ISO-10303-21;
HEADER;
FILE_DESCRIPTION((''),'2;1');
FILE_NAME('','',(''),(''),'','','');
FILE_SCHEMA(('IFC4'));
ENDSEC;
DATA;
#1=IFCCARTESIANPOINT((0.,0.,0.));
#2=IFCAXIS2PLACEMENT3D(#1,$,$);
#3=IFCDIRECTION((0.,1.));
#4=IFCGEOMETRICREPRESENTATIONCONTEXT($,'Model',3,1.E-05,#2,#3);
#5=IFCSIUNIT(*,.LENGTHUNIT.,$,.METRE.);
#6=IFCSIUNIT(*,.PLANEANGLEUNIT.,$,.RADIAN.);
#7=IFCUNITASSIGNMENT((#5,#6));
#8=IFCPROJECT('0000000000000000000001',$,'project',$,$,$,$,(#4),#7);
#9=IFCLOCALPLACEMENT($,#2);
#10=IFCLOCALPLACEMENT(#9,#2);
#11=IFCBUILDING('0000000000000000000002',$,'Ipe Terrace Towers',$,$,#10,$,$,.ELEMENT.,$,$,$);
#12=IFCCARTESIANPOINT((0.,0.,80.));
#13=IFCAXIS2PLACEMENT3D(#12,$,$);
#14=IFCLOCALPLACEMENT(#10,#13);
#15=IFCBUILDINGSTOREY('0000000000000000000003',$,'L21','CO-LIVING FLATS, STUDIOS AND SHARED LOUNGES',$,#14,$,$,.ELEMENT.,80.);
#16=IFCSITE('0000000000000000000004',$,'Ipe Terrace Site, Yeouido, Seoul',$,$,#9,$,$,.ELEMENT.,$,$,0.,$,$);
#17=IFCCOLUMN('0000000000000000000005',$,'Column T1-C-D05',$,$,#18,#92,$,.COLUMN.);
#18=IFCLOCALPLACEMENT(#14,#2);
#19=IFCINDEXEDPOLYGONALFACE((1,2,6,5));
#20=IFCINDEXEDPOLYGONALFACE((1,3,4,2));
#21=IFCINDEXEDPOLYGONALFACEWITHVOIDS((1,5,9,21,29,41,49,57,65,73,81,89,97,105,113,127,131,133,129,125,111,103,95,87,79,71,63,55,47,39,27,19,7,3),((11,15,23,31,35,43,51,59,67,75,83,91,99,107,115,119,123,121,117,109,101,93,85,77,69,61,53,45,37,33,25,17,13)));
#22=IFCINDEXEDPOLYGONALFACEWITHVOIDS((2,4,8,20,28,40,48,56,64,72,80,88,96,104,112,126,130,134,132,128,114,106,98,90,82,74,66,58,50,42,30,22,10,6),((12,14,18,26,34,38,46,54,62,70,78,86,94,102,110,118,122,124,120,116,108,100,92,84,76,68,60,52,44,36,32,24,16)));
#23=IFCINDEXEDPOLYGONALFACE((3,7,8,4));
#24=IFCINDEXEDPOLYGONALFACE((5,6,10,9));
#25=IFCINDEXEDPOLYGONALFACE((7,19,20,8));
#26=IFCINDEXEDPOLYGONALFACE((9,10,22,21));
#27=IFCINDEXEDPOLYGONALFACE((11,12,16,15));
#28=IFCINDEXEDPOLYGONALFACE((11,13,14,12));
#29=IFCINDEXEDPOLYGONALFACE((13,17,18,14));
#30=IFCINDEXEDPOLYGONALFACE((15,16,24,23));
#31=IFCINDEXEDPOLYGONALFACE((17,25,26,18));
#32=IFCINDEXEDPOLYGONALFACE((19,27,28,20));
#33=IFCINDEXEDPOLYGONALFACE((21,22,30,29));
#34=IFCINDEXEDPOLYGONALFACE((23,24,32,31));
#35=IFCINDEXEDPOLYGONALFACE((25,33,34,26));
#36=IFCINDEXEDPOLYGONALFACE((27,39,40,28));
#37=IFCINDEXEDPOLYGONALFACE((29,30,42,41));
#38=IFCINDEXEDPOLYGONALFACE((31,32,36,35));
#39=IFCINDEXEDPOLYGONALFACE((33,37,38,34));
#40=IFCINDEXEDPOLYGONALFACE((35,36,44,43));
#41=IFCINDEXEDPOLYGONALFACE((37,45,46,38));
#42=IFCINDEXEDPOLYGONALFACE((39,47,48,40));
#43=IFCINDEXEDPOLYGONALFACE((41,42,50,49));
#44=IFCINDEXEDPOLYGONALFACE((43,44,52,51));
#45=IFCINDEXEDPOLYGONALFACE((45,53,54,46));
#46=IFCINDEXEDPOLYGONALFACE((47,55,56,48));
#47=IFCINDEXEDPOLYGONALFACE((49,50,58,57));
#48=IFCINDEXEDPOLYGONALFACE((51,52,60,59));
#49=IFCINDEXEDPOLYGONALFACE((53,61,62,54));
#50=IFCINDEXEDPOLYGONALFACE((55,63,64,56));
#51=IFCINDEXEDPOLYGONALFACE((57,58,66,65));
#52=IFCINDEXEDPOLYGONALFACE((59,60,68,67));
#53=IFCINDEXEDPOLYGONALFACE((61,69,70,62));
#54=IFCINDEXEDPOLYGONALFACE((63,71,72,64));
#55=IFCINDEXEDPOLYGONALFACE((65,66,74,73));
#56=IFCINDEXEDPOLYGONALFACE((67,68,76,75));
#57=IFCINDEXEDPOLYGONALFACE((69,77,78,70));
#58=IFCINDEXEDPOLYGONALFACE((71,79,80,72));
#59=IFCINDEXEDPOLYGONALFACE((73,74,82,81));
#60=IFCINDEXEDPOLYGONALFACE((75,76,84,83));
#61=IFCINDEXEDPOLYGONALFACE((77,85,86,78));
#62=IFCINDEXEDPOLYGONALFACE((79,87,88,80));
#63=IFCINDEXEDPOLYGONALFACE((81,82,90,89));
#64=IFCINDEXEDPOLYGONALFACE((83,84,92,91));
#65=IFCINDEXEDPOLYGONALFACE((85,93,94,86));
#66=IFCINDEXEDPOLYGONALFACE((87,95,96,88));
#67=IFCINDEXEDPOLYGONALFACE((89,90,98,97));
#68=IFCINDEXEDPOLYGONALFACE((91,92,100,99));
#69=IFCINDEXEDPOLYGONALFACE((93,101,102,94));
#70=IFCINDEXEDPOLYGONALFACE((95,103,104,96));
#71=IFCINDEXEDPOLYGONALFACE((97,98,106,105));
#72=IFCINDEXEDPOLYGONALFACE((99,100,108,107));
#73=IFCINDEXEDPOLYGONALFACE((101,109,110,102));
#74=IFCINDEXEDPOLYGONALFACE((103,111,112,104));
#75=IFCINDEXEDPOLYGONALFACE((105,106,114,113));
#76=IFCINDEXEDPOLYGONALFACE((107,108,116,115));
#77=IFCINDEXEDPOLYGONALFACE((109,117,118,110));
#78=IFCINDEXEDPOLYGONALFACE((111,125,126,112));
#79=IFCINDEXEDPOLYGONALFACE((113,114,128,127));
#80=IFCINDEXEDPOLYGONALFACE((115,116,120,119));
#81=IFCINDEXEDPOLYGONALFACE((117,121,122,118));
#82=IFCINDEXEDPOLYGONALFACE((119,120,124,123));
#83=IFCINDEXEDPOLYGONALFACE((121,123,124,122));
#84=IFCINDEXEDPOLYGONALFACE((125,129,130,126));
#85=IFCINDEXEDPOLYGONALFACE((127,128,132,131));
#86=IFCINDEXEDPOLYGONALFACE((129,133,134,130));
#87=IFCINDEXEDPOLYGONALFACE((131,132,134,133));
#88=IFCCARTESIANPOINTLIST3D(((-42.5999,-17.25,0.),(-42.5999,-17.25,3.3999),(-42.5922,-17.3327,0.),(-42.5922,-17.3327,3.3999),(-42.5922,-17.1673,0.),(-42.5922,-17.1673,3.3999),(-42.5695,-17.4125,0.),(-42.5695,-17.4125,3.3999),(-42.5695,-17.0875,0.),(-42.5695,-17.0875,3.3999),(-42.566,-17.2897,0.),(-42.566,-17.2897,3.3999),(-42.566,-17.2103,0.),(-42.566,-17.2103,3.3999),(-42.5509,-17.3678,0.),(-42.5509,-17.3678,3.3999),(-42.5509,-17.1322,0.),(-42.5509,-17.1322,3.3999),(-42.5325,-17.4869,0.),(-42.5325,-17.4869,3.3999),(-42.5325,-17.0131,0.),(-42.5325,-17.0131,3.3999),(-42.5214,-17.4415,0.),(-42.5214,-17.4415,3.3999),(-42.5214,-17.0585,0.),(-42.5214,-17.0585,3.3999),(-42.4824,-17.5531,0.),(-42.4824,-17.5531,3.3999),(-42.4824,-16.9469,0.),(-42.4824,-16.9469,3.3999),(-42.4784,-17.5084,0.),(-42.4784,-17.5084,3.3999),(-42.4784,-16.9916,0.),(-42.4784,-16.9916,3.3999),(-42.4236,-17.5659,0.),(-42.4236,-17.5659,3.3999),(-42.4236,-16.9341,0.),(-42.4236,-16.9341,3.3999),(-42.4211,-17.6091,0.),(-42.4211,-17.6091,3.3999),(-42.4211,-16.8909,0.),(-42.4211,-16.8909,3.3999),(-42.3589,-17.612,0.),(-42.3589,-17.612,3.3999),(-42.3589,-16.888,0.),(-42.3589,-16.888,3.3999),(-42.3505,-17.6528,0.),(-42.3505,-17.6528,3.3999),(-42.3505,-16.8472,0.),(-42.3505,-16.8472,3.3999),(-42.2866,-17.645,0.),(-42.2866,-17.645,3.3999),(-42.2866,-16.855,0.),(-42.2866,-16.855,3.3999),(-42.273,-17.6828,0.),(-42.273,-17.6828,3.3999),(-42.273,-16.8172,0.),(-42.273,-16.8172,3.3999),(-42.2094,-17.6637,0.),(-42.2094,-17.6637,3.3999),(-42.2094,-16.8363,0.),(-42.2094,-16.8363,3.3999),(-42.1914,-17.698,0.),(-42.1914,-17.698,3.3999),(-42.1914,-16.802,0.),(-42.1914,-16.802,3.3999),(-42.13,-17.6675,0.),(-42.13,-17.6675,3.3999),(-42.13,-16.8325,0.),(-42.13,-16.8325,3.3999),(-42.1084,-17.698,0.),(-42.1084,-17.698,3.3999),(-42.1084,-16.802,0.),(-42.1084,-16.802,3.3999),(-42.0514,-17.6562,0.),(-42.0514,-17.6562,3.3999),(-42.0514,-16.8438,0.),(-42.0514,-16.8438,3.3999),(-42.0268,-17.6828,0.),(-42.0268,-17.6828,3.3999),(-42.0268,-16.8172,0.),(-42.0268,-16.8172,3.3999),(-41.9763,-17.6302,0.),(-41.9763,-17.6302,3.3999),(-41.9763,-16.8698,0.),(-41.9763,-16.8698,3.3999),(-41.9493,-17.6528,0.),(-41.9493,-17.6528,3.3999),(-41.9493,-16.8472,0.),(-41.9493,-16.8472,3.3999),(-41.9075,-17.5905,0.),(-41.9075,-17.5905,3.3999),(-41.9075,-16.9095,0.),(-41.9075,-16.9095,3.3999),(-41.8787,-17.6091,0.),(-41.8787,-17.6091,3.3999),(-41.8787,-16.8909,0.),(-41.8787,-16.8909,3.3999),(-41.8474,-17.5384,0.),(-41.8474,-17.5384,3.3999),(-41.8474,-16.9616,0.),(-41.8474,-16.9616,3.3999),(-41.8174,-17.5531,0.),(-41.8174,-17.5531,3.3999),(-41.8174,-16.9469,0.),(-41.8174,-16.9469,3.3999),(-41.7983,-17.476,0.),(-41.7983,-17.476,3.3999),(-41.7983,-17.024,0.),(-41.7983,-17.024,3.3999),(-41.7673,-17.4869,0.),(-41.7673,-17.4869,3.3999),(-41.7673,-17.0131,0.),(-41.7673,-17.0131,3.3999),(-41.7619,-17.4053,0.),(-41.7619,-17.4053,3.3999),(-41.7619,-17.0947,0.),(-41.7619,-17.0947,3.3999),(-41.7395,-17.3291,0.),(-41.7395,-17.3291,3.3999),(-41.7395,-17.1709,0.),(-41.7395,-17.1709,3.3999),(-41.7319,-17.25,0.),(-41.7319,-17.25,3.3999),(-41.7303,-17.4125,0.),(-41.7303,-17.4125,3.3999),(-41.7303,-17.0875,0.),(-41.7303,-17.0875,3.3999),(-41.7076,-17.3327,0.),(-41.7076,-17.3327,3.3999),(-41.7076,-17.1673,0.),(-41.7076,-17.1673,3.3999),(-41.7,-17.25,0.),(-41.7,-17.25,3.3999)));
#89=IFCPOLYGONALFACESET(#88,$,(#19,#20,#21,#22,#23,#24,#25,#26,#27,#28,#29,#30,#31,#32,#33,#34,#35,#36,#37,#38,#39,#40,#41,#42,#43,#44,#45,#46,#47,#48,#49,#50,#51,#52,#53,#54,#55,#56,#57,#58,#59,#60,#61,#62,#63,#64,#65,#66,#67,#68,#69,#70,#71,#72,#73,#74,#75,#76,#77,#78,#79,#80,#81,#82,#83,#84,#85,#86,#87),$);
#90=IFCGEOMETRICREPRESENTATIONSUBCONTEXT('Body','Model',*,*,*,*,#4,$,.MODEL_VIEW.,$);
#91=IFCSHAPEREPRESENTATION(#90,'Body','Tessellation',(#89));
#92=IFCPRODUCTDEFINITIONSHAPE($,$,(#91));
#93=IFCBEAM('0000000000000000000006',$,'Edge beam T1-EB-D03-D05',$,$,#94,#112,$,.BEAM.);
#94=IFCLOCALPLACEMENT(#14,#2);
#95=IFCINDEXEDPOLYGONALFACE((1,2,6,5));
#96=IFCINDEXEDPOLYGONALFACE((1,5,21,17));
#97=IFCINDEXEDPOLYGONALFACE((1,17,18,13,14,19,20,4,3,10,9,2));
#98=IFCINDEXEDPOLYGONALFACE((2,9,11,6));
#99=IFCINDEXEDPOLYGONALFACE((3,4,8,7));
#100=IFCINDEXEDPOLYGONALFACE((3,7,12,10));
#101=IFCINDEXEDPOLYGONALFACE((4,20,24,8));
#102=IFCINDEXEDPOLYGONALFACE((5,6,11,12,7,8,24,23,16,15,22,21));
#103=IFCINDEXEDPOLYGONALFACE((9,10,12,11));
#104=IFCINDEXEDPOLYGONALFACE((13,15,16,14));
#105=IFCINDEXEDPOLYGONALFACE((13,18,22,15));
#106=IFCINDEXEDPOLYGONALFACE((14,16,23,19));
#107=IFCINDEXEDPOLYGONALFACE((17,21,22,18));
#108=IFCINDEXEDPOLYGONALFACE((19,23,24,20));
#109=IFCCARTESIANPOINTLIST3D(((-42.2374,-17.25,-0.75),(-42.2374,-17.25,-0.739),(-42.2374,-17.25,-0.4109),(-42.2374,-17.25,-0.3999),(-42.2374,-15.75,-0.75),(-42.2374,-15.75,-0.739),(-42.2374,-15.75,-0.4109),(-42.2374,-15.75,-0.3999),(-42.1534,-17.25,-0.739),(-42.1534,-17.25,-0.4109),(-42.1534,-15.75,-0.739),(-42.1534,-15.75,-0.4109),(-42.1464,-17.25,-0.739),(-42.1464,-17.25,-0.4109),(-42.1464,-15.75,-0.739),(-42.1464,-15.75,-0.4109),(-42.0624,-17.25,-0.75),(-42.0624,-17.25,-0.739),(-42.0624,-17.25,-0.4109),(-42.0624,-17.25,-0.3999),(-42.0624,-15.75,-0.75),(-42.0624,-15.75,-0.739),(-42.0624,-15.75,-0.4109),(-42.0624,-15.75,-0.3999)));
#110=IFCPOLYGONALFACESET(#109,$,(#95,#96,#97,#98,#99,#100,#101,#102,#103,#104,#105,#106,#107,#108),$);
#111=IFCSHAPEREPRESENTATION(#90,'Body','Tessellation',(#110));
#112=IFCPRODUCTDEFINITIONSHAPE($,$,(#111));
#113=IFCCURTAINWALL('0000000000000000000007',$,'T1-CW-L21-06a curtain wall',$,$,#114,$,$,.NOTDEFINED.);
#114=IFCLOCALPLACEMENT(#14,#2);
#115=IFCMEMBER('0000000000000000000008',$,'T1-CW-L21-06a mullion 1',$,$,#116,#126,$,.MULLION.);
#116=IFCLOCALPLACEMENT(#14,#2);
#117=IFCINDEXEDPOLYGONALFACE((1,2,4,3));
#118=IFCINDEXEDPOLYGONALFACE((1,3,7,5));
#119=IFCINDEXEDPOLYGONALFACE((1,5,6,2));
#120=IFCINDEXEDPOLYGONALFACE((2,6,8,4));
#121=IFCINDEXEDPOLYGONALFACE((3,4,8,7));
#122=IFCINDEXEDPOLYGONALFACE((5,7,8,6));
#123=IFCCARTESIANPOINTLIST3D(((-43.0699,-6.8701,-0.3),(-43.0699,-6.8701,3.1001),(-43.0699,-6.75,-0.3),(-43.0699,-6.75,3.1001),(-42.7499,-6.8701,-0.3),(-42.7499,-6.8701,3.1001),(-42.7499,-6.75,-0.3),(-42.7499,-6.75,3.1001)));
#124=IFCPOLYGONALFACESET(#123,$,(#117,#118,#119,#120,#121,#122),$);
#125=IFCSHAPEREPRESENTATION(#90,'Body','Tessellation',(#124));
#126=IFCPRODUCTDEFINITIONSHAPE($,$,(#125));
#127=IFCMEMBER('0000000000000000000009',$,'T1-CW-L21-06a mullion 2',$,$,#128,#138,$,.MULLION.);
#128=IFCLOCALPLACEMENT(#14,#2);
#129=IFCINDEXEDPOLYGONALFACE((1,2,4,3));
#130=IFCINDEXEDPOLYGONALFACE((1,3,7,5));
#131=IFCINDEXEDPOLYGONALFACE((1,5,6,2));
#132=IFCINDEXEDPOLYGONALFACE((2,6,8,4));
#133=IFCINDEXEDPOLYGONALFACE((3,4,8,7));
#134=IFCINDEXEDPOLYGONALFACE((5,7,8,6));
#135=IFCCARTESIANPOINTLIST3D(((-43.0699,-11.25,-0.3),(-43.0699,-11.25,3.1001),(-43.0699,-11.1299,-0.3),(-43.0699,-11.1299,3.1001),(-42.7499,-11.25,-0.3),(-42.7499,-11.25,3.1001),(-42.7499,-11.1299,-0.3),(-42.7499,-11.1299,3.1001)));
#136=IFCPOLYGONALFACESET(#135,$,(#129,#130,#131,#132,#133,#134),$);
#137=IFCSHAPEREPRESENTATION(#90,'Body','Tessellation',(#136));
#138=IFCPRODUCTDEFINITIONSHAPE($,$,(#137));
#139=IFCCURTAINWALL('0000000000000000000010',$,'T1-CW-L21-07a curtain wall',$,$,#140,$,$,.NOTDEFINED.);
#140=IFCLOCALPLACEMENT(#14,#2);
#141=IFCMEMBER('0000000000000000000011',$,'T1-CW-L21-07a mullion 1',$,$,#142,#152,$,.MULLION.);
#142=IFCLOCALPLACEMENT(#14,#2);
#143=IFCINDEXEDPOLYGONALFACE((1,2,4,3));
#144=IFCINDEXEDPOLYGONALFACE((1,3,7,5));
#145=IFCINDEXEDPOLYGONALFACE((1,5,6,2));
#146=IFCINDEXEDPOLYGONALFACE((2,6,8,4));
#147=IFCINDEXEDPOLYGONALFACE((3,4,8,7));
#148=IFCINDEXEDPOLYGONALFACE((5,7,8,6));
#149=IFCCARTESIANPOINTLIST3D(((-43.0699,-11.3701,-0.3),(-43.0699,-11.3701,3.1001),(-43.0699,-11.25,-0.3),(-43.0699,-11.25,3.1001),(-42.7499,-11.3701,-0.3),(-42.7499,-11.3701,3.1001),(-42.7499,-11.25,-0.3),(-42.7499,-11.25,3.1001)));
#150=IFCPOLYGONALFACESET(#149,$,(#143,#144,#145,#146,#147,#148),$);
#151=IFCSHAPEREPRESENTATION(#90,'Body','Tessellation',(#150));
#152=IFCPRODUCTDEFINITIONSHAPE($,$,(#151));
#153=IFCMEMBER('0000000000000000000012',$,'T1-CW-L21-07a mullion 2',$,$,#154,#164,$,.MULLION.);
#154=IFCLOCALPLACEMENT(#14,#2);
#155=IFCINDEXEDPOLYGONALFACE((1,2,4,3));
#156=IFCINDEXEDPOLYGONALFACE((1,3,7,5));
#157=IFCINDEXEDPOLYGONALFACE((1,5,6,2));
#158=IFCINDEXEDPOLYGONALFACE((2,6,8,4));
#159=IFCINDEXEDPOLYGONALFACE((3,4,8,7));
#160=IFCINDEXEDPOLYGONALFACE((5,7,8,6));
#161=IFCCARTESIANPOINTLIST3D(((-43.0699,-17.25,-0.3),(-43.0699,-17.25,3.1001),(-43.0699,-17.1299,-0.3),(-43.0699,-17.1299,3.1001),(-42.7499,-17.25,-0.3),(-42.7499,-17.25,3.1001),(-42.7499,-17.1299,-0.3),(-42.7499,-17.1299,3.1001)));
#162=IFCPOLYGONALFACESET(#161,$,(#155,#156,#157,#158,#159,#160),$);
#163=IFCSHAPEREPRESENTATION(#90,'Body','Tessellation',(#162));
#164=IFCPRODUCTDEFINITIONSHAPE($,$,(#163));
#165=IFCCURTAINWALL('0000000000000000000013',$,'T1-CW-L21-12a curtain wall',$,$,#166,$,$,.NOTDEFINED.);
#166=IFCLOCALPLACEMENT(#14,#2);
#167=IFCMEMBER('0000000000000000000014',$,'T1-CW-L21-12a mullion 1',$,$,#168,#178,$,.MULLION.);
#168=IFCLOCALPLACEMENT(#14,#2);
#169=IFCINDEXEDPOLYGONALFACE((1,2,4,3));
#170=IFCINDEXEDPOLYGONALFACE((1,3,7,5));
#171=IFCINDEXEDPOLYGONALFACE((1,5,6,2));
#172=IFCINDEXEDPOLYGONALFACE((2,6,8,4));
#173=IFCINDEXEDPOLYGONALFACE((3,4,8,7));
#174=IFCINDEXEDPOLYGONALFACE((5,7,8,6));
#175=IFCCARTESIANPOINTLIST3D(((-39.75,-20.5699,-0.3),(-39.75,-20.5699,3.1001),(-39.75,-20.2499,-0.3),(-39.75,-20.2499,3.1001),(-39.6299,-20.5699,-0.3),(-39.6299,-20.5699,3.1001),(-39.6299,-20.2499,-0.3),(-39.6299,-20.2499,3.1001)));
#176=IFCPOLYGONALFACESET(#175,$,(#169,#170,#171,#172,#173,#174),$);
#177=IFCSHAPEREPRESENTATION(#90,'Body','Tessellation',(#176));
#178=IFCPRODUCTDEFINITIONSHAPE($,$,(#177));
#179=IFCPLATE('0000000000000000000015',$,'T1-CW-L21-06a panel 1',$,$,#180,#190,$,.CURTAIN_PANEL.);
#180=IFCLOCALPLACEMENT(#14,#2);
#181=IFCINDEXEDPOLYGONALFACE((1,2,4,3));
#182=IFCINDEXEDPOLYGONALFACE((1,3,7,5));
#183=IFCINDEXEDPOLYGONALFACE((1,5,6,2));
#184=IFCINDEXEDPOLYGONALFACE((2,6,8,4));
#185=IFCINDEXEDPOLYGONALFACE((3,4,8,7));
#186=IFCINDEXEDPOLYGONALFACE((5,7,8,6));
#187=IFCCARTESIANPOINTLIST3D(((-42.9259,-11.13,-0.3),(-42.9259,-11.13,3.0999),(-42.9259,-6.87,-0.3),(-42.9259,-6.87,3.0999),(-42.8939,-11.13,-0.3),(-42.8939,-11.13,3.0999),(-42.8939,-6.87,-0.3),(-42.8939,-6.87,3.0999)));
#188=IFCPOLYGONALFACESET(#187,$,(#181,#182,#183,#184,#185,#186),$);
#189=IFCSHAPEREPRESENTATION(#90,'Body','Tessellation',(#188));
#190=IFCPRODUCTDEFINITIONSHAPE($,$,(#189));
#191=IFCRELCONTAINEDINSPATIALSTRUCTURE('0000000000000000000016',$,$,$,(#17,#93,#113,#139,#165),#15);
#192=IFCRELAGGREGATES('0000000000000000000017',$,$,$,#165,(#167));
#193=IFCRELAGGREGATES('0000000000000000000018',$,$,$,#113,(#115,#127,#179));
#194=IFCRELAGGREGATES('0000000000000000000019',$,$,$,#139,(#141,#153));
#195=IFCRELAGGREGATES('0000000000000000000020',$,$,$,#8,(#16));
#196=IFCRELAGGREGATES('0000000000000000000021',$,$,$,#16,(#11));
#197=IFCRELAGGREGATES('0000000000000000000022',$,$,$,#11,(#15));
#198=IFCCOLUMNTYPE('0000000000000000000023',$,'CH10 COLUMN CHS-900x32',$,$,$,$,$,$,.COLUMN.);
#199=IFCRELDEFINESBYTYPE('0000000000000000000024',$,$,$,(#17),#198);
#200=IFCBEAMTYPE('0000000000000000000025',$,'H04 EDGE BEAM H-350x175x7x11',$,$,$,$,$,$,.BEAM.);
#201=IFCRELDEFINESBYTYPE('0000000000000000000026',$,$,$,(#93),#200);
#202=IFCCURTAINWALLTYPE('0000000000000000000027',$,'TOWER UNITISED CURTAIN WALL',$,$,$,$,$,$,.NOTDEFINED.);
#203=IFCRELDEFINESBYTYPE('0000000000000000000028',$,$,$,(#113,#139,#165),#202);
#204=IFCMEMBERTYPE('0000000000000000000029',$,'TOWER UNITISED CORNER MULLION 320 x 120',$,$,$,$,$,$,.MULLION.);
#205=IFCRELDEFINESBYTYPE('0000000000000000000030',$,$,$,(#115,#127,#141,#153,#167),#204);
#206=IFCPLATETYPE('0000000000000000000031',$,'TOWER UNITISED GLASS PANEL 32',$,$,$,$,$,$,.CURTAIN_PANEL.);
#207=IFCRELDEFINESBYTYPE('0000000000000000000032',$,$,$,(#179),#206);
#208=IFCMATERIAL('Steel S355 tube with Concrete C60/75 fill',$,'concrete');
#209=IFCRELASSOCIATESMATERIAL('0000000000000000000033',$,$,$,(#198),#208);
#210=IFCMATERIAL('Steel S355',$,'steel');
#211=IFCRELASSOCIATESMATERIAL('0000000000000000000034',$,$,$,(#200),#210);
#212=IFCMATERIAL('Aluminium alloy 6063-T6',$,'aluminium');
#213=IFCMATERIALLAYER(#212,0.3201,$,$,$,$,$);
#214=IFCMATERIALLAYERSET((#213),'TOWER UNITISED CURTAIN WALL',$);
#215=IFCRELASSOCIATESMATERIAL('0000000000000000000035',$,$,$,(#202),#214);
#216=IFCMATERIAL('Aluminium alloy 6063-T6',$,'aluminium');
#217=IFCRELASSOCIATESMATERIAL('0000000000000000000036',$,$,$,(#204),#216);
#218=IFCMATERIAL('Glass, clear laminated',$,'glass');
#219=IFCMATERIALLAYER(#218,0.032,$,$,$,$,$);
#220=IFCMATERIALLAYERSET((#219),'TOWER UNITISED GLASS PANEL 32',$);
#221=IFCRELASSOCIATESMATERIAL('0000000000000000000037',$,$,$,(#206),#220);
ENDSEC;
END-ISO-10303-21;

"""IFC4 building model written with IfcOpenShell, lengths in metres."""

from ifc_helpers import new_model, si_unit, direction, frame, origin, origin_2d, place, context, subcontext, project, spatial, rectangle, hollow_circle, i_section, extrude, material, layer, layer_set, material_profile, profile_set, type_object, element, aggregate, save


model = new_model("IFC4")

# Units and contexts
model_context = context("Model", 3, precision=1e-05, world=origin(), true_north=direction((0.0, 1.0)))
body_context = subcontext(model_context, "Body", "Model", "MODEL_VIEW")
ifc_project = project(units=[si_unit("LENGTHUNIT", "METRE"), si_unit("PLANEANGLEUNIT", "RADIAN")], contexts=[model_context])

# Site, building, storey
site_placement = place(None, origin())
site = spatial("IfcSite", under=ifc_project, at=site_placement, Name="Ipe Terrace Site, Yeouido, Seoul", CompositionType="ELEMENT", RefElevation=0.0)
building_placement = place(site_placement, origin())
building = spatial("IfcBuilding", under=site, at=building_placement, Name="Ipe Terrace Towers", CompositionType="ELEMENT")
storey_placement = place(building_placement, frame((0.0, 0.0, 80.0)))
storey = spatial("IfcBuildingStorey", under=building, at=storey_placement, Name="L21", Description="CO-LIVING FLATS, STUDIOS AND SHARED LOUNGES", CompositionType="ELEMENT", Elevation=80.0)

# Column
ifc_material_1 = material(Name="Steel S355 tube with Concrete C60/75 fill", Category="concrete")
ifc_material_profile_1 = material_profile(ifc_material_1, hollow_circle(Radius=0.45, WallThickness=0.032, at=origin_2d()), Name="CHS-900x32")
ifc_profile_set_1 = profile_set([ifc_material_profile_1], Name="Steel S355 tube with Concrete C60/75 fill")
column_type_1 = type_object("IfcColumnType", Name="CH10 COLUMN CHS-900x32", PredefinedType="COLUMN", material=ifc_profile_set_1)
for number, where, z_axis, x_axis, name in (
    (1, (-42.1499, -17.25, 0.0), (0.0, 0.0, 1.0), (1.0, 0.0, 0.0), "Column T1-C-D05"),
):
    element("IfcColumn", number, at=place(storey_placement, frame(where, z_axis=z_axis, x_axis=x_axis)), inside=storey, type_object=column_type_1, Name=name, PredefinedType="COLUMN", context=body_context, shape_type="SweptSolid", body=[
        extrude(hollow_circle(Radius=0.45, WallThickness=0.032, at=origin_2d()), origin(), (0.0, 0.0, 1.0), 3.3999),
    ])

# Beam
ifc_material_2 = material(Name="Steel S355", Category="steel")
ifc_material_profile_2 = material_profile(ifc_material_2, i_section(OverallWidth=0.175, OverallDepth=0.3501, WebThickness=0.0071, FlangeThickness=0.011, at=origin_2d()), Name="H-350x175x7x11")
ifc_profile_set_2 = profile_set([ifc_material_profile_2], Name="Steel S355")
beam_type = type_object("IfcBeamType", Name="H04 EDGE BEAM H-350x175x7x11", PredefinedType="BEAM", material=ifc_profile_set_2)
beam_placement = place(storey_placement, frame((-42.1499, -15.75, -0.575), z_axis=(0.0, -1.0, 0.0), x_axis=(1.0, 0.0, 0.0)))
element("IfcBeam", 2, at=beam_placement, inside=storey, type_object=beam_type, Name="Edge beam T1-EB-D03-D05", PredefinedType="BEAM", context=body_context, shape_type="SweptSolid", body=[
    extrude(i_section(OverallWidth=0.175, OverallDepth=0.3501, WebThickness=0.0071, FlangeThickness=0.011, at=origin_2d()), origin(), (0.0, 0.0, 1.0), 1.5),
])

# Curtain walls, members
ifc_material_3 = material(Name="Aluminium alloy 6063-T6", Category="aluminium")
ifc_layer_1 = layer(ifc_material_3, 0.3201)
ifc_layer_set_1 = layer_set([ifc_layer_1], Name="TOWER UNITISED CURTAIN WALL")
curtain_wall_type = type_object("IfcCurtainWallType", Name="TOWER UNITISED CURTAIN WALL", PredefinedType="NOTDEFINED", material=ifc_layer_set_1)
curtain_wall_1_placement = place(storey_placement, origin())
curtain_wall_1 = element("IfcCurtainWall", 3, at=curtain_wall_1_placement, inside=storey, type_object=curtain_wall_type, Name="T1-CW-L21-06a curtain wall", PredefinedType="NOTDEFINED")
ifc_material_4 = material(Name="Aluminium alloy 6063-T6", Category="aluminium")
ifc_material_profile_3 = material_profile(ifc_material_4, rectangle(XDim=0.3201, YDim=0.1201, at=origin_2d()), Name="TOWER UNITISED CORNER MULLION 320 x 120")
ifc_profile_set_3 = profile_set([ifc_material_profile_3], Name="Aluminium alloy 6063-T6")
member_type = type_object("IfcMemberType", Name="TOWER UNITISED CORNER MULLION 320 x 120", PredefinedType="MULLION", material=ifc_profile_set_3)
member_1_placement = place(storey_placement, frame((-42.9099, -6.8101, -0.3), z_axis=(0.0, 0.0, 1.0), x_axis=(-1.0, 0.0, 0.0)))
member_1 = element("IfcMember", 4, at=member_1_placement, type_object=member_type, Name="T1-CW-L21-06a mullion 1", PredefinedType="MULLION", context=body_context, shape_type="SweptSolid", body=[
    extrude(rectangle(XDim=0.3201, YDim=0.1201, at=origin_2d()), origin(), (0.0, 0.0, 1.0), 3.4001),
])
member_2_placement = place(storey_placement, frame((-42.9099, -11.1899, -0.3), z_axis=(0.0, 0.0, 1.0), x_axis=(-1.0, 0.0, 0.0)))
member_2 = element("IfcMember", 5, at=member_2_placement, type_object=member_type, Name="T1-CW-L21-06a mullion 2", PredefinedType="MULLION", context=body_context, shape_type="SweptSolid", body=[
    extrude(rectangle(XDim=0.3201, YDim=0.1201, at=origin_2d()), origin(), (0.0, 0.0, 1.0), 3.4001),
])
curtain_wall_2_placement = place(storey_placement, origin())
curtain_wall_2 = element("IfcCurtainWall", 6, at=curtain_wall_2_placement, inside=storey, type_object=curtain_wall_type, Name="T1-CW-L21-07a curtain wall", PredefinedType="NOTDEFINED")
member_3_placement = place(storey_placement, frame((-42.9099, -11.3101, -0.3), z_axis=(0.0, 0.0, 1.0), x_axis=(-1.0, 0.0, 0.0)))
member_3 = element("IfcMember", 7, at=member_3_placement, type_object=member_type, Name="T1-CW-L21-07a mullion 1", PredefinedType="MULLION", context=body_context, shape_type="SweptSolid", body=[
    extrude(rectangle(XDim=0.3201, YDim=0.1201, at=origin_2d()), origin(), (0.0, 0.0, 1.0), 3.4001),
])
member_4_placement = place(storey_placement, frame((-42.9099, -17.1899, -0.3), z_axis=(0.0, 0.0, 1.0), x_axis=(-1.0, 0.0, 0.0)))
member_4 = element("IfcMember", 8, at=member_4_placement, type_object=member_type, Name="T1-CW-L21-07a mullion 2", PredefinedType="MULLION", context=body_context, shape_type="SweptSolid", body=[
    extrude(rectangle(XDim=0.3201, YDim=0.1201, at=origin_2d()), origin(), (0.0, 0.0, 1.0), 3.4001),
])

# Curtain wall, member
curtain_wall_3_placement = place(storey_placement, origin())
curtain_wall_3 = element("IfcCurtainWall", 9, at=curtain_wall_3_placement, inside=storey, type_object=curtain_wall_type, Name="T1-CW-L21-12a curtain wall", PredefinedType="NOTDEFINED")
member_5_placement = place(storey_placement, frame((-39.6899, -20.4099, -0.3), z_axis=(0.0, 0.0, 1.0), x_axis=(0.0, -1.0, 0.0)))
member_5 = element("IfcMember", 10, at=member_5_placement, type_object=member_type, Name="T1-CW-L21-12a mullion 1", PredefinedType="MULLION", context=body_context, shape_type="SweptSolid", body=[
    extrude(rectangle(XDim=0.3201, YDim=0.1201, at=origin_2d()), origin(), (0.0, 0.0, 1.0), 3.4001),
])
aggregate(curtain_wall_3, [member_5])

# Plate
ifc_material_5 = material(Name="Glass, clear laminated", Category="glass")
ifc_layer_2 = layer(ifc_material_5, 0.032)
ifc_layer_set_2 = layer_set([ifc_layer_2], Name="TOWER UNITISED GLASS PANEL 32")
plate_type = type_object("IfcPlateType", Name="TOWER UNITISED GLASS PANEL 32", PredefinedType="CURTAIN_PANEL", material=ifc_layer_set_2)
plate_1_placement = place(storey_placement, frame((-42.9099, -9.0, -0.3), z_axis=(0.0, 0.0, 1.0), x_axis=(0.0, -1.0, 0.0)))
plate_1 = element("IfcPlate", 11, at=plate_1_placement, type_object=plate_type, Name="T1-CW-L21-06a panel 1", PredefinedType="CURTAIN_PANEL", context=body_context, shape_type="SweptSolid", body=[
    extrude(rectangle(XDim=4.26, YDim=0.032, at=origin_2d()), origin(), (0.0, 0.0, 1.0), 3.3999),
])
aggregate(curtain_wall_1, [member_1, member_2, plate_1])
aggregate(curtain_wall_2, [member_3, member_4])

save(model, "model.ifc")
